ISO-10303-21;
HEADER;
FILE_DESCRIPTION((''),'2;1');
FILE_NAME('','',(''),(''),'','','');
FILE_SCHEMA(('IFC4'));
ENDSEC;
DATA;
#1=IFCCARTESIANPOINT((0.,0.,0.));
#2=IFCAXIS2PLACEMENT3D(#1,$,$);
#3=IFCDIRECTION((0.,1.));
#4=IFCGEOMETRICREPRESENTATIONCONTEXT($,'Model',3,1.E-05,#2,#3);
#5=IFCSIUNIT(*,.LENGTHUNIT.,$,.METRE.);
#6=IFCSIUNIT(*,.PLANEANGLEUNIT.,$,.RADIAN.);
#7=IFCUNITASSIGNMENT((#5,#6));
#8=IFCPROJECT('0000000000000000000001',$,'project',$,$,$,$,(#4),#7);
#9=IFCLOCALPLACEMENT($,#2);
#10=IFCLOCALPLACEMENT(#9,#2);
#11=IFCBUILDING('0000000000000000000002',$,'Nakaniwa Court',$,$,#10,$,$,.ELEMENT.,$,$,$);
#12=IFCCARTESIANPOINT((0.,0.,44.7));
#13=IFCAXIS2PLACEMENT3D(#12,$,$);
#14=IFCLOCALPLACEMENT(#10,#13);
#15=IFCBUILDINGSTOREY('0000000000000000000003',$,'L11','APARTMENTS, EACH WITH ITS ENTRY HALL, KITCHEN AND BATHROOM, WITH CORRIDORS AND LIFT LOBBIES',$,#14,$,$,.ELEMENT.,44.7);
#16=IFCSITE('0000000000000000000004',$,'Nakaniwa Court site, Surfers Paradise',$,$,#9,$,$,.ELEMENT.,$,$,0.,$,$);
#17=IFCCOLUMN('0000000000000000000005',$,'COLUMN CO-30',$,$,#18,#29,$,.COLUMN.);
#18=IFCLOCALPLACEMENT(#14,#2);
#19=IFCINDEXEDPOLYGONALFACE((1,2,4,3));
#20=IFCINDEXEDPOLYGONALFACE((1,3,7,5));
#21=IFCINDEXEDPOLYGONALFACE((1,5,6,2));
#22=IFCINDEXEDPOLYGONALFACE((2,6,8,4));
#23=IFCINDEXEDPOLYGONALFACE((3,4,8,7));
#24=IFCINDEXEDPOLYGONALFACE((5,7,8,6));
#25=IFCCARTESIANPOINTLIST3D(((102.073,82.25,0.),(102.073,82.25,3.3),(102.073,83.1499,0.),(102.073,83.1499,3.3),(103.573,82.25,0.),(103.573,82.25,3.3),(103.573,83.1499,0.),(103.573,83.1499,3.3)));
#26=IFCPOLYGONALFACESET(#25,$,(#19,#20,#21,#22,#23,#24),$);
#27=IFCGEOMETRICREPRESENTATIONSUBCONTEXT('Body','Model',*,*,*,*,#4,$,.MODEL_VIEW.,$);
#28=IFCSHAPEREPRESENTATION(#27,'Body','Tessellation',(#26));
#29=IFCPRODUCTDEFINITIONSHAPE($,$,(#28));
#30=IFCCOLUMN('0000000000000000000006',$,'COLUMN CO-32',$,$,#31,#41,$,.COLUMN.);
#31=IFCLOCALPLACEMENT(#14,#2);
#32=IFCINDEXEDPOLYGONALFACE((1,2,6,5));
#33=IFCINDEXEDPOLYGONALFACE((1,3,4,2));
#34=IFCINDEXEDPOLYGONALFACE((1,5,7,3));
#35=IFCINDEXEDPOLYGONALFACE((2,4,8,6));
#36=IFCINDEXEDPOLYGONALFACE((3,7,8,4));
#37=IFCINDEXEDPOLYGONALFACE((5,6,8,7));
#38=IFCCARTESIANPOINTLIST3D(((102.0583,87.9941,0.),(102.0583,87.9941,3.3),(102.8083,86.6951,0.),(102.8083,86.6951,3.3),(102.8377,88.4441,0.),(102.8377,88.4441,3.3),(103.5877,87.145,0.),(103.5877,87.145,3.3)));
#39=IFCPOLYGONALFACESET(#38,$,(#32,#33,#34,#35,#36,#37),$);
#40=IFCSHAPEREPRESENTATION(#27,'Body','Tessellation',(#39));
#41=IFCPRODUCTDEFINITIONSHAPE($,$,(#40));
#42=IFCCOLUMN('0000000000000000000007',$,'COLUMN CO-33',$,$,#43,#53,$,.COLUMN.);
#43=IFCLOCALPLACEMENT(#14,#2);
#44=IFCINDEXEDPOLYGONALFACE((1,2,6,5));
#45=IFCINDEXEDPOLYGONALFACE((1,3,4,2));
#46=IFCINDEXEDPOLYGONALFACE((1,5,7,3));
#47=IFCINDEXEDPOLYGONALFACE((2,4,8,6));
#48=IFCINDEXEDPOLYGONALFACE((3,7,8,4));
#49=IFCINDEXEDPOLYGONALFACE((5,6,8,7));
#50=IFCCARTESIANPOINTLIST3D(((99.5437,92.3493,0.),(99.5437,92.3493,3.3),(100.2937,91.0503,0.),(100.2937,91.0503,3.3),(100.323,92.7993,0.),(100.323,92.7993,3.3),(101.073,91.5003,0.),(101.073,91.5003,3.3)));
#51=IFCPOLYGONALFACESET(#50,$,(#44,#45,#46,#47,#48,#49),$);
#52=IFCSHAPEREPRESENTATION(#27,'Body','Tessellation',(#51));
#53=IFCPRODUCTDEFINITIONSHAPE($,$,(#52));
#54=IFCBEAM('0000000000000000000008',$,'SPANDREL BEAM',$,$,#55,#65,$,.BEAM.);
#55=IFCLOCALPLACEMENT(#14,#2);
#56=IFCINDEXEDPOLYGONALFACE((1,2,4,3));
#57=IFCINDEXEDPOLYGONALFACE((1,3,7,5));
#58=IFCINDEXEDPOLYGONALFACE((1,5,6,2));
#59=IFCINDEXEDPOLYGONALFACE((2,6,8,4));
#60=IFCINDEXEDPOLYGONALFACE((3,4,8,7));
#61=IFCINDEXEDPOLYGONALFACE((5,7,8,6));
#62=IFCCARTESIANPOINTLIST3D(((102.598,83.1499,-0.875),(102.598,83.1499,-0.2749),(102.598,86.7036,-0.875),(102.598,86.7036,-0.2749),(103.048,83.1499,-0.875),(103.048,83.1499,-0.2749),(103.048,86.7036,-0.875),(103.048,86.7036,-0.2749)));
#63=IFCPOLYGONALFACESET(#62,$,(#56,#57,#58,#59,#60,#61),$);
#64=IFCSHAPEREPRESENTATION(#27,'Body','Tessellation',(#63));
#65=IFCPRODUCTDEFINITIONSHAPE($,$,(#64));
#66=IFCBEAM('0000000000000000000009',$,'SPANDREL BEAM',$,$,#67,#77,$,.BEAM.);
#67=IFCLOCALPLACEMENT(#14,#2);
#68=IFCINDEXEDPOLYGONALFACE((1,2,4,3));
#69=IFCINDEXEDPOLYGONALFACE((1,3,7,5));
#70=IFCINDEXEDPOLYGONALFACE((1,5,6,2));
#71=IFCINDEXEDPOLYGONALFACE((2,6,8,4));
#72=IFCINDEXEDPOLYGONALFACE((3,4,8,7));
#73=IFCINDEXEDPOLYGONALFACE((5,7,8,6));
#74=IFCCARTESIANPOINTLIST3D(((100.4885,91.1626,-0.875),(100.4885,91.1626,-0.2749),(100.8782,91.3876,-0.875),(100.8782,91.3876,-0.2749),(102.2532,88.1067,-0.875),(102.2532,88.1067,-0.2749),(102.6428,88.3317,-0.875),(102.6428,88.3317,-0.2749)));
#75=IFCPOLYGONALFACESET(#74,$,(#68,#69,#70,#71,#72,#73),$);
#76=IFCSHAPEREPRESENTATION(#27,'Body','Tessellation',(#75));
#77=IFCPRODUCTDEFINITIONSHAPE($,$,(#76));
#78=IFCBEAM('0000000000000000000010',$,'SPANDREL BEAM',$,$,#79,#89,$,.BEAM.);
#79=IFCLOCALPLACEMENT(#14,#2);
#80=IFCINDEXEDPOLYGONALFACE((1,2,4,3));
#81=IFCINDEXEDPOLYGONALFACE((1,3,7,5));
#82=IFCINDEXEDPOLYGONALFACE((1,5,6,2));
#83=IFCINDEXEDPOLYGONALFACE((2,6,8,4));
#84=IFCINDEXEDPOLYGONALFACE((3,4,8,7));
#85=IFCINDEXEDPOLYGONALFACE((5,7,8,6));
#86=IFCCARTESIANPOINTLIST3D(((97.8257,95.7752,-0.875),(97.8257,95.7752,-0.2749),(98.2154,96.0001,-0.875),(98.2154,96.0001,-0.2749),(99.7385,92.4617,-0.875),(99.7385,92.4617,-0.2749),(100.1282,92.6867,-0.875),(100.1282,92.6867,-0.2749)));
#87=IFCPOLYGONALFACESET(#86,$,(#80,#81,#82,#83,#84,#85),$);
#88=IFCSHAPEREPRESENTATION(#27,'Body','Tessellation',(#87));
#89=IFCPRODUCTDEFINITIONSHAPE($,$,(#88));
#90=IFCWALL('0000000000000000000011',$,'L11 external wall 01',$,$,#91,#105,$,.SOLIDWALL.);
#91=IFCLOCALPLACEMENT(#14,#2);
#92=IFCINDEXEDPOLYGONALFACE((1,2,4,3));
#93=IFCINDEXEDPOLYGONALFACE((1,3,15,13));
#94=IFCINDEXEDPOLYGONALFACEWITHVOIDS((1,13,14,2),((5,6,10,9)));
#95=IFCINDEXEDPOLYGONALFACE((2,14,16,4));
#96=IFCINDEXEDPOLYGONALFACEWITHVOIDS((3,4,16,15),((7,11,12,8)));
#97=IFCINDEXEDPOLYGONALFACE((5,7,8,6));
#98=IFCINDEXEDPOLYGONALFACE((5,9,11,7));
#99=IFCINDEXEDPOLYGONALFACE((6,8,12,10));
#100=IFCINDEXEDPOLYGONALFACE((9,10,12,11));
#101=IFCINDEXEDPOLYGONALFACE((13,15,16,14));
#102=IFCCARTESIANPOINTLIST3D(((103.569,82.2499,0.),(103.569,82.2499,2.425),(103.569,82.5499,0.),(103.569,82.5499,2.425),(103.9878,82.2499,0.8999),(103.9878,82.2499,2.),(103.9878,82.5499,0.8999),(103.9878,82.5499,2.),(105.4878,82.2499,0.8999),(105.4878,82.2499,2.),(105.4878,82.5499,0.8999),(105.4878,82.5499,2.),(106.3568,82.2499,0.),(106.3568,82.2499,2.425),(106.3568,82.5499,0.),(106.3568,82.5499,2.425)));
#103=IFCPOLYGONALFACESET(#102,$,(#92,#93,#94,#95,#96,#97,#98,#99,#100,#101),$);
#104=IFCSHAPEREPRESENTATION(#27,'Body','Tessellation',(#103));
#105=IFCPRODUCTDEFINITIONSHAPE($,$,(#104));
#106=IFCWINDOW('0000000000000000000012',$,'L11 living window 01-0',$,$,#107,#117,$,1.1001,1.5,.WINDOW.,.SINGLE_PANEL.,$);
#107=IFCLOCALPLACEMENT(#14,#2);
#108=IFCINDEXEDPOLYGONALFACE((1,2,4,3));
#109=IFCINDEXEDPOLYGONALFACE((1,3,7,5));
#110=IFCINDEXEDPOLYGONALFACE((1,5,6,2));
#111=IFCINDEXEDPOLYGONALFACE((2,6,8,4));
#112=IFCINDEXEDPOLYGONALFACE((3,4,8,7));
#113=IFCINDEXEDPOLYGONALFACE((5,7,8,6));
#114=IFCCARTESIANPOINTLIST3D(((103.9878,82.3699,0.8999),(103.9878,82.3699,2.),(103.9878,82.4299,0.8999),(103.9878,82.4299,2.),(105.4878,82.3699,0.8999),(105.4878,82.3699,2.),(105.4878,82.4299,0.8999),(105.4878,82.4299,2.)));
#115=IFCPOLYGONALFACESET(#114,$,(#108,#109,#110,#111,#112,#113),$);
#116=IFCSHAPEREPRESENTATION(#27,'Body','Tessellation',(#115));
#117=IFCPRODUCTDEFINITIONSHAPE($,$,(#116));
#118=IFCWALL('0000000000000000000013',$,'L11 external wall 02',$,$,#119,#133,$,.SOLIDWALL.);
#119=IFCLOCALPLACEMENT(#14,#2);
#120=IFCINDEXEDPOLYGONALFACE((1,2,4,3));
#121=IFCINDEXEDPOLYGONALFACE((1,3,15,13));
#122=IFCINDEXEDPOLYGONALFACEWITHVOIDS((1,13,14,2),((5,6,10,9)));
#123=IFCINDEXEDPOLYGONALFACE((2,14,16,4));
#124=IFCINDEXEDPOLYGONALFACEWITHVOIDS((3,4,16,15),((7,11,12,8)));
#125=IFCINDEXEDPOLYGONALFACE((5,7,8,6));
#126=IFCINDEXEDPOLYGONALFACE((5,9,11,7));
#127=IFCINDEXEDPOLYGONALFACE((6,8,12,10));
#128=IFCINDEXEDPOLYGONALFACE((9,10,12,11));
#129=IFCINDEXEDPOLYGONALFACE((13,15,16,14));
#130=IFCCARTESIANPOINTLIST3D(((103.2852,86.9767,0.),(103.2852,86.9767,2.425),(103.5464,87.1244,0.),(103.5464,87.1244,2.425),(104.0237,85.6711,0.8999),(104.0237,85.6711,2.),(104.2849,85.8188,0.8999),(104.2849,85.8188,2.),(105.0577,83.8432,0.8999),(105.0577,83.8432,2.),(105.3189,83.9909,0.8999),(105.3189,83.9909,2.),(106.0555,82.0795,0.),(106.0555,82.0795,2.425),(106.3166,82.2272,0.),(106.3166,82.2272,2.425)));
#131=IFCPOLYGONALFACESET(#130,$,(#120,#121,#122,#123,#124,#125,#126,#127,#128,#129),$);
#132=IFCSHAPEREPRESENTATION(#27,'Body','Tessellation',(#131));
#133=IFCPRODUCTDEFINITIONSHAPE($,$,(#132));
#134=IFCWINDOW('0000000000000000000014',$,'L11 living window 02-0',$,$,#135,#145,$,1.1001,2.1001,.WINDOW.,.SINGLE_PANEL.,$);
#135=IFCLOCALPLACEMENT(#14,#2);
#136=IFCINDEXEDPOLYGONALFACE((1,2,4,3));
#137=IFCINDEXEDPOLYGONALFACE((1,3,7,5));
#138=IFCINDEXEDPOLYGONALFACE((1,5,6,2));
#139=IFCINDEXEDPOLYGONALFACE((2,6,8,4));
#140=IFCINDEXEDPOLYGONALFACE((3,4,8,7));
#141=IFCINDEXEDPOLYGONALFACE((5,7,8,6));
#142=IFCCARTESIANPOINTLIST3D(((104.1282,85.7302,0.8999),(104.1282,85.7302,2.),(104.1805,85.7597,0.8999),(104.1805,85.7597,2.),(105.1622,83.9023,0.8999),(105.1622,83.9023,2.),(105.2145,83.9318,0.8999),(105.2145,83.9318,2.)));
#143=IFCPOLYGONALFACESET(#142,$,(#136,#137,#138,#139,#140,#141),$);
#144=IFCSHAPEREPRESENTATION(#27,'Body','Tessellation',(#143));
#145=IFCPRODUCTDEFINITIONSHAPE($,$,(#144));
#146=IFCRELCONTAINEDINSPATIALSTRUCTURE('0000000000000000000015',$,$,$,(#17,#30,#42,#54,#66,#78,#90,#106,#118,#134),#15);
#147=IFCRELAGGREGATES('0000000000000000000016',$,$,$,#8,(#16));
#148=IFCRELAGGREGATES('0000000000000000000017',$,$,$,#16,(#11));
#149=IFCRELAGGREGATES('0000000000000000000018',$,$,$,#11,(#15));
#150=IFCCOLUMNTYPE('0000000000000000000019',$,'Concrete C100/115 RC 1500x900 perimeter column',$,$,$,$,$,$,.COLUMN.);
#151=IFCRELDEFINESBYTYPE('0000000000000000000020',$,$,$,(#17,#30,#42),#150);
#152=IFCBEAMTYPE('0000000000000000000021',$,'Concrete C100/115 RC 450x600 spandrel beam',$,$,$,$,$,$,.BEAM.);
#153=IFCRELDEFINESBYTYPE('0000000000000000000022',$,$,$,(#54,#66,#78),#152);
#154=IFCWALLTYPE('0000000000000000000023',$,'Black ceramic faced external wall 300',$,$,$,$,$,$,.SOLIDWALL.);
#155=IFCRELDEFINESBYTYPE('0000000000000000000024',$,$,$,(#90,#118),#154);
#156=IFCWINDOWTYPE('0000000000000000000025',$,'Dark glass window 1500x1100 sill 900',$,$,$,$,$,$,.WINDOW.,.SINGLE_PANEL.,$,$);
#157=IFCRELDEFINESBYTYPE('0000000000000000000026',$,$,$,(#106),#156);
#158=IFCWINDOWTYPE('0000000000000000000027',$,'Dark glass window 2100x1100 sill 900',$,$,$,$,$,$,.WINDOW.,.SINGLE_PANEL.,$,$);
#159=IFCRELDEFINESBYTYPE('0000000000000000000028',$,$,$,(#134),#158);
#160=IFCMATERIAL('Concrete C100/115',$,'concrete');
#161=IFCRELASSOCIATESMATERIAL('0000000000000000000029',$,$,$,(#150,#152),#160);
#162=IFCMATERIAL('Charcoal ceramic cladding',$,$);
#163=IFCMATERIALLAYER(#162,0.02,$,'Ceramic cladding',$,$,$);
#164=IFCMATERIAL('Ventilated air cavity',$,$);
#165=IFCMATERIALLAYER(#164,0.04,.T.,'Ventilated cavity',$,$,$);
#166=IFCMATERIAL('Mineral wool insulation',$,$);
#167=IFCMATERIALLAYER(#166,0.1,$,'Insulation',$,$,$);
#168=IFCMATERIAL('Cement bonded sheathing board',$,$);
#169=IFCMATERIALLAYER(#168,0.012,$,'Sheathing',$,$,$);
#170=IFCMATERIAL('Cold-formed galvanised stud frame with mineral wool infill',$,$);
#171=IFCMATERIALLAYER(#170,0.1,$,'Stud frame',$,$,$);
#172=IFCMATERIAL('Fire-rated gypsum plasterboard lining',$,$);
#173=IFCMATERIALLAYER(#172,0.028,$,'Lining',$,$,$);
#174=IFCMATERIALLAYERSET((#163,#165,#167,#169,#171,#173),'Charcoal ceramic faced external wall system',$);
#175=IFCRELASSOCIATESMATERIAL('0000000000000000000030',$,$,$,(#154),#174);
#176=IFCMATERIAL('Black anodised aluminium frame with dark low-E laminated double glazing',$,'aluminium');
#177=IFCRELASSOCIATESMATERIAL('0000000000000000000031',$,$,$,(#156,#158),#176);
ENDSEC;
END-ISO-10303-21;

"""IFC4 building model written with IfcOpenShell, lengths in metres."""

from ifc_helpers import new_model, si_unit, direction, frame, frame_2d, origin, origin_2d, place, context, subcontext, project, spatial, rectangle, extrude, material, layer, layer_set, material_profile, profile_set, type_object, element, fill, save


model = new_model("IFC4")

# Units and contexts
model_context = context("Model", 3, precision=1e-05, world=origin(), true_north=direction((0.0, 1.0)))
body_context = subcontext(model_context, "Body", "Model", "MODEL_VIEW")
ifc_project = project(units=[si_unit("LENGTHUNIT", "METRE"), si_unit("PLANEANGLEUNIT", "RADIAN")], contexts=[model_context])

# Site, building, storey
site_placement = place(None, origin())
site = spatial("IfcSite", under=ifc_project, at=site_placement, Name="Nakaniwa Court site, Surfers Paradise", CompositionType="ELEMENT", RefElevation=0.0)
building_placement = place(site_placement, origin())
building = spatial("IfcBuilding", under=site, at=building_placement, Name="Nakaniwa Court", CompositionType="ELEMENT")
storey_placement = place(building_placement, frame((0.0, 0.0, 44.7)))
storey = spatial("IfcBuildingStorey", under=building, at=storey_placement, Name="L11", Description="APARTMENTS, EACH WITH ITS ENTRY HALL, KITCHEN AND BATHROOM, WITH CORRIDORS AND LIFT LOBBIES", CompositionType="ELEMENT", Elevation=44.7)

# Columns
ifc_material_1 = material(Name="Concrete C100/115", Category="concrete")
ifc_material_profile_1 = material_profile(ifc_material_1, rectangle(XDim=1.5, YDim=0.8999, at=origin_2d()), Name="Concrete C100/115 RC 1500x900 perimeter column")
ifc_profile_set_1 = profile_set([ifc_material_profile_1], Name="Concrete C100/115")
column_type = type_object("IfcColumnType", Name="Concrete C100/115 RC 1500x900 perimeter column", PredefinedType="COLUMN", material=ifc_profile_set_1)
for number, where, z_axis, x_axis, name in (
    (1, (102.823, 82.7, 0.0), (0.0, 0.0, 1.0), (1.0, 0.0, 0.0), "COLUMN CO-30"),
    (2, (102.823, 87.5696, 0.0), (0.0, 0.0, 1.0), (-0.5, 0.866025, 0.0), "COLUMN CO-32"),
    (3, (100.3083, 91.9248, 0.0), (0.0, 0.0, 1.0), (-0.5, 0.866025, 0.0), "COLUMN CO-33"),
):
    element("IfcColumn", number, at=place(storey_placement, frame(where, z_axis=z_axis, x_axis=x_axis)), inside=storey, type_object=column_type, Name=name, PredefinedType="COLUMN", context=body_context, shape_type="SweptSolid", body=[
        extrude(rectangle(XDim=1.5, YDim=0.8999, at=origin_2d()), origin(), (0.0, 0.0, 1.0), 3.3),
    ])

# Beams
ifc_material_profile_2 = material_profile(ifc_material_1, rectangle(XDim=0.45, YDim=0.6001, at=origin_2d()), Name="Concrete C100/115 RC 450x600 spandrel beam")
ifc_profile_set_2 = profile_set([ifc_material_profile_2], Name="Concrete C100/115")
beam_type = type_object("IfcBeamType", Name="Concrete C100/115 RC 450x600 spandrel beam", PredefinedType="BEAM", material=ifc_profile_set_2)
beam_1_placement = place(storey_placement, frame((102.823, 83.1499, -0.575), z_axis=(0.0, 1.0, 0.0), x_axis=(-1.0, 0.0, 0.0)))
element("IfcBeam", 4, at=beam_1_placement, inside=storey, type_object=beam_type, Name="SPANDREL BEAM", PredefinedType="BEAM", context=body_context, shape_type="SweptSolid", body=[
    extrude(rectangle(XDim=0.45, YDim=0.6001, at=origin_2d()), origin(), (0.0, 0.0, 1.0), 3.5537),
])
beam_2_placement = place(storey_placement, frame((102.448, 88.2192, -0.575), z_axis=(-0.500068, 0.865986, 0.0), x_axis=(-0.865986, -0.500068, 0.0)))
element("IfcBeam", 5, at=beam_2_placement, inside=storey, type_object=beam_type, Name="SPANDREL BEAM", PredefinedType="BEAM", context=body_context, shape_type="SweptSolid", body=[
    extrude(rectangle(XDim=0.45, YDim=0.6001, at=origin_2d()), origin(), (0.0, 0.0, 1.0), 3.5288),
])
beam_3_placement = place(storey_placement, frame((99.9333, 92.5742, -0.575), z_axis=(-0.499962, 0.866047, 0.0), x_axis=(-0.866047, -0.499962, 0.0)))
element("IfcBeam", 6, at=beam_3_placement, inside=storey, type_object=beam_type, Name="SPANDREL BEAM", PredefinedType="BEAM", context=body_context, shape_type="SweptSolid", body=[
    extrude(rectangle(XDim=0.45, YDim=0.6001, at=origin_2d()), origin(), (0.0, 0.0, 1.0), 3.8259),
])

# Walls, openings, windows
ifc_material_2 = material(Name="Charcoal ceramic cladding")
ifc_layer_1 = layer(ifc_material_2, 0.02, Name="Ceramic cladding")
ifc_material_3 = material(Name="Ventilated air cavity")
ifc_layer_2 = layer(ifc_material_3, 0.04, ventilated=True, Name="Ventilated cavity")
ifc_material_4 = material(Name="Mineral wool insulation")
ifc_layer_3 = layer(ifc_material_4, 0.1, Name="Insulation")
ifc_material_5 = material(Name="Cement bonded sheathing board")
ifc_layer_4 = layer(ifc_material_5, 0.012, Name="Sheathing")
ifc_material_6 = material(Name="Cold-formed galvanised stud frame with mineral wool infill")
ifc_layer_5 = layer(ifc_material_6, 0.1, Name="Stud frame")
ifc_material_7 = material(Name="Fire-rated gypsum plasterboard lining")
ifc_layer_6 = layer(ifc_material_7, 0.028, Name="Lining")
ifc_layer_set = layer_set([ifc_layer_1, ifc_layer_2, ifc_layer_3, ifc_layer_4, ifc_layer_5, ifc_layer_6], Name="Charcoal ceramic faced external wall system")
wall_type = type_object("IfcWallType", Name="Black ceramic faced external wall 300", PredefinedType="SOLIDWALL", material=ifc_layer_set)
wall_1_placement = place(storey_placement, frame((103.5688, 82.3999, 0.0), z_axis=(0.0, 0.0, 1.0), x_axis=(1.0, 0.0, 0.0)))
wall_1 = element("IfcWall", 7, at=wall_1_placement, inside=storey, type_object=wall_type, Name="L11 external wall 01", PredefinedType="SOLIDWALL", context=body_context, shape_type="SweptSolid", body=[
    extrude(rectangle(XDim=2.7878, YDim=0.3, at=frame_2d((1.394, 0.0))), origin(), (0.0, 0.0, 1.0), 2.425),
])
opening_1_placement = place(wall_1_placement, frame((0.4189, 0.0, 0.8999)))
opening_1 = element("IfcOpeningElement", 8, at=opening_1_placement, cuts=wall_1, PredefinedType="OPENING", context=body_context, shape_type="SweptSolid", body=[
    extrude(rectangle(XDim=1.5, YDim=1.1001, at=frame_2d((0.75, 0.55))), frame((0.0, 0.1599, 0.0), z_axis=(0.0, -1.0, 0.0), x_axis=(1.0, 0.0, 0.0)), (0.0, 0.0, 1.0), 0.3201),
])
ifc_material_8 = material(Name="Black anodised aluminium frame with dark low-E laminated double glazing", Category="aluminium")
window_type_1 = type_object("IfcWindowType", Name="Dark glass window 1500x1100 sill 900", PartitioningType="SINGLE_PANEL", PredefinedType="WINDOW", material=ifc_material_8)
window_1_placement = place(opening_1_placement, origin())
window_1 = element("IfcWindow", 9, at=window_1_placement, inside=storey, type_object=window_type_1, Name="L11 living window 01-0", OverallHeight=1.1001, OverallWidth=1.5, PartitioningType="SINGLE_PANEL", PredefinedType="WINDOW", context=body_context, shape_type="SweptSolid", body=[
    extrude(rectangle(XDim=1.5, YDim=1.1001, at=frame_2d((0.75, 0.55))), frame((0.0, 0.03, 0.0), z_axis=(0.0, -1.0, 0.0), x_axis=(1.0, 0.0, 0.0)), (0.0, 0.0, 1.0), 0.0601),
])
fill(opening_1, window_1)
wall_2_placement = place(storey_placement, frame((106.186, 82.1533, 0.0), z_axis=(0.0, 0.0, 1.0), x_axis=(-0.492363, 0.87039, 0.0)))
wall_2 = element("IfcWall", 10, at=wall_2_placement, inside=storey, type_object=wall_type, Name="L11 external wall 02", PredefinedType="SOLIDWALL", context=body_context, shape_type="SweptSolid", body=[
    extrude(rectangle(XDim=5.6265, YDim=0.3, at=frame_2d((2.8132, 0.0))), origin(), (0.0, 0.0, 1.0), 2.425),
])
opening_2_placement = place(wall_2_placement, frame((2.0264, 0.0, 0.8999)))
opening_2 = element("IfcOpeningElement", 11, at=opening_2_placement, cuts=wall_2, PredefinedType="OPENING", context=body_context, shape_type="SweptSolid", body=[
    extrude(rectangle(XDim=2.1001, YDim=1.1001, at=frame_2d((1.05, 0.55))), frame((0.0, 0.1599, 0.0), z_axis=(0.0, -1.0, 0.0), x_axis=(1.0, 0.0, 0.0)), (0.0, 0.0, 1.0), 0.3201),
])
window_type_2 = type_object("IfcWindowType", Name="Dark glass window 2100x1100 sill 900", PartitioningType="SINGLE_PANEL", PredefinedType="WINDOW", material=ifc_material_8)
window_2_placement = place(opening_2_placement, origin())
window_2 = element("IfcWindow", 12, at=window_2_placement, inside=storey, type_object=window_type_2, Name="L11 living window 02-0", OverallHeight=1.1001, OverallWidth=2.1001, PartitioningType="SINGLE_PANEL", PredefinedType="WINDOW", context=body_context, shape_type="SweptSolid", body=[
    extrude(rectangle(XDim=2.1001, YDim=1.1001, at=frame_2d((1.05, 0.55))), frame((0.0, 0.03, 0.0), z_axis=(0.0, -1.0, 0.0), x_axis=(1.0, 0.0, 0.0)), (0.0, 0.0, 1.0), 0.0601),
])
fill(opening_2, window_2)

save(model, "model.ifc")
